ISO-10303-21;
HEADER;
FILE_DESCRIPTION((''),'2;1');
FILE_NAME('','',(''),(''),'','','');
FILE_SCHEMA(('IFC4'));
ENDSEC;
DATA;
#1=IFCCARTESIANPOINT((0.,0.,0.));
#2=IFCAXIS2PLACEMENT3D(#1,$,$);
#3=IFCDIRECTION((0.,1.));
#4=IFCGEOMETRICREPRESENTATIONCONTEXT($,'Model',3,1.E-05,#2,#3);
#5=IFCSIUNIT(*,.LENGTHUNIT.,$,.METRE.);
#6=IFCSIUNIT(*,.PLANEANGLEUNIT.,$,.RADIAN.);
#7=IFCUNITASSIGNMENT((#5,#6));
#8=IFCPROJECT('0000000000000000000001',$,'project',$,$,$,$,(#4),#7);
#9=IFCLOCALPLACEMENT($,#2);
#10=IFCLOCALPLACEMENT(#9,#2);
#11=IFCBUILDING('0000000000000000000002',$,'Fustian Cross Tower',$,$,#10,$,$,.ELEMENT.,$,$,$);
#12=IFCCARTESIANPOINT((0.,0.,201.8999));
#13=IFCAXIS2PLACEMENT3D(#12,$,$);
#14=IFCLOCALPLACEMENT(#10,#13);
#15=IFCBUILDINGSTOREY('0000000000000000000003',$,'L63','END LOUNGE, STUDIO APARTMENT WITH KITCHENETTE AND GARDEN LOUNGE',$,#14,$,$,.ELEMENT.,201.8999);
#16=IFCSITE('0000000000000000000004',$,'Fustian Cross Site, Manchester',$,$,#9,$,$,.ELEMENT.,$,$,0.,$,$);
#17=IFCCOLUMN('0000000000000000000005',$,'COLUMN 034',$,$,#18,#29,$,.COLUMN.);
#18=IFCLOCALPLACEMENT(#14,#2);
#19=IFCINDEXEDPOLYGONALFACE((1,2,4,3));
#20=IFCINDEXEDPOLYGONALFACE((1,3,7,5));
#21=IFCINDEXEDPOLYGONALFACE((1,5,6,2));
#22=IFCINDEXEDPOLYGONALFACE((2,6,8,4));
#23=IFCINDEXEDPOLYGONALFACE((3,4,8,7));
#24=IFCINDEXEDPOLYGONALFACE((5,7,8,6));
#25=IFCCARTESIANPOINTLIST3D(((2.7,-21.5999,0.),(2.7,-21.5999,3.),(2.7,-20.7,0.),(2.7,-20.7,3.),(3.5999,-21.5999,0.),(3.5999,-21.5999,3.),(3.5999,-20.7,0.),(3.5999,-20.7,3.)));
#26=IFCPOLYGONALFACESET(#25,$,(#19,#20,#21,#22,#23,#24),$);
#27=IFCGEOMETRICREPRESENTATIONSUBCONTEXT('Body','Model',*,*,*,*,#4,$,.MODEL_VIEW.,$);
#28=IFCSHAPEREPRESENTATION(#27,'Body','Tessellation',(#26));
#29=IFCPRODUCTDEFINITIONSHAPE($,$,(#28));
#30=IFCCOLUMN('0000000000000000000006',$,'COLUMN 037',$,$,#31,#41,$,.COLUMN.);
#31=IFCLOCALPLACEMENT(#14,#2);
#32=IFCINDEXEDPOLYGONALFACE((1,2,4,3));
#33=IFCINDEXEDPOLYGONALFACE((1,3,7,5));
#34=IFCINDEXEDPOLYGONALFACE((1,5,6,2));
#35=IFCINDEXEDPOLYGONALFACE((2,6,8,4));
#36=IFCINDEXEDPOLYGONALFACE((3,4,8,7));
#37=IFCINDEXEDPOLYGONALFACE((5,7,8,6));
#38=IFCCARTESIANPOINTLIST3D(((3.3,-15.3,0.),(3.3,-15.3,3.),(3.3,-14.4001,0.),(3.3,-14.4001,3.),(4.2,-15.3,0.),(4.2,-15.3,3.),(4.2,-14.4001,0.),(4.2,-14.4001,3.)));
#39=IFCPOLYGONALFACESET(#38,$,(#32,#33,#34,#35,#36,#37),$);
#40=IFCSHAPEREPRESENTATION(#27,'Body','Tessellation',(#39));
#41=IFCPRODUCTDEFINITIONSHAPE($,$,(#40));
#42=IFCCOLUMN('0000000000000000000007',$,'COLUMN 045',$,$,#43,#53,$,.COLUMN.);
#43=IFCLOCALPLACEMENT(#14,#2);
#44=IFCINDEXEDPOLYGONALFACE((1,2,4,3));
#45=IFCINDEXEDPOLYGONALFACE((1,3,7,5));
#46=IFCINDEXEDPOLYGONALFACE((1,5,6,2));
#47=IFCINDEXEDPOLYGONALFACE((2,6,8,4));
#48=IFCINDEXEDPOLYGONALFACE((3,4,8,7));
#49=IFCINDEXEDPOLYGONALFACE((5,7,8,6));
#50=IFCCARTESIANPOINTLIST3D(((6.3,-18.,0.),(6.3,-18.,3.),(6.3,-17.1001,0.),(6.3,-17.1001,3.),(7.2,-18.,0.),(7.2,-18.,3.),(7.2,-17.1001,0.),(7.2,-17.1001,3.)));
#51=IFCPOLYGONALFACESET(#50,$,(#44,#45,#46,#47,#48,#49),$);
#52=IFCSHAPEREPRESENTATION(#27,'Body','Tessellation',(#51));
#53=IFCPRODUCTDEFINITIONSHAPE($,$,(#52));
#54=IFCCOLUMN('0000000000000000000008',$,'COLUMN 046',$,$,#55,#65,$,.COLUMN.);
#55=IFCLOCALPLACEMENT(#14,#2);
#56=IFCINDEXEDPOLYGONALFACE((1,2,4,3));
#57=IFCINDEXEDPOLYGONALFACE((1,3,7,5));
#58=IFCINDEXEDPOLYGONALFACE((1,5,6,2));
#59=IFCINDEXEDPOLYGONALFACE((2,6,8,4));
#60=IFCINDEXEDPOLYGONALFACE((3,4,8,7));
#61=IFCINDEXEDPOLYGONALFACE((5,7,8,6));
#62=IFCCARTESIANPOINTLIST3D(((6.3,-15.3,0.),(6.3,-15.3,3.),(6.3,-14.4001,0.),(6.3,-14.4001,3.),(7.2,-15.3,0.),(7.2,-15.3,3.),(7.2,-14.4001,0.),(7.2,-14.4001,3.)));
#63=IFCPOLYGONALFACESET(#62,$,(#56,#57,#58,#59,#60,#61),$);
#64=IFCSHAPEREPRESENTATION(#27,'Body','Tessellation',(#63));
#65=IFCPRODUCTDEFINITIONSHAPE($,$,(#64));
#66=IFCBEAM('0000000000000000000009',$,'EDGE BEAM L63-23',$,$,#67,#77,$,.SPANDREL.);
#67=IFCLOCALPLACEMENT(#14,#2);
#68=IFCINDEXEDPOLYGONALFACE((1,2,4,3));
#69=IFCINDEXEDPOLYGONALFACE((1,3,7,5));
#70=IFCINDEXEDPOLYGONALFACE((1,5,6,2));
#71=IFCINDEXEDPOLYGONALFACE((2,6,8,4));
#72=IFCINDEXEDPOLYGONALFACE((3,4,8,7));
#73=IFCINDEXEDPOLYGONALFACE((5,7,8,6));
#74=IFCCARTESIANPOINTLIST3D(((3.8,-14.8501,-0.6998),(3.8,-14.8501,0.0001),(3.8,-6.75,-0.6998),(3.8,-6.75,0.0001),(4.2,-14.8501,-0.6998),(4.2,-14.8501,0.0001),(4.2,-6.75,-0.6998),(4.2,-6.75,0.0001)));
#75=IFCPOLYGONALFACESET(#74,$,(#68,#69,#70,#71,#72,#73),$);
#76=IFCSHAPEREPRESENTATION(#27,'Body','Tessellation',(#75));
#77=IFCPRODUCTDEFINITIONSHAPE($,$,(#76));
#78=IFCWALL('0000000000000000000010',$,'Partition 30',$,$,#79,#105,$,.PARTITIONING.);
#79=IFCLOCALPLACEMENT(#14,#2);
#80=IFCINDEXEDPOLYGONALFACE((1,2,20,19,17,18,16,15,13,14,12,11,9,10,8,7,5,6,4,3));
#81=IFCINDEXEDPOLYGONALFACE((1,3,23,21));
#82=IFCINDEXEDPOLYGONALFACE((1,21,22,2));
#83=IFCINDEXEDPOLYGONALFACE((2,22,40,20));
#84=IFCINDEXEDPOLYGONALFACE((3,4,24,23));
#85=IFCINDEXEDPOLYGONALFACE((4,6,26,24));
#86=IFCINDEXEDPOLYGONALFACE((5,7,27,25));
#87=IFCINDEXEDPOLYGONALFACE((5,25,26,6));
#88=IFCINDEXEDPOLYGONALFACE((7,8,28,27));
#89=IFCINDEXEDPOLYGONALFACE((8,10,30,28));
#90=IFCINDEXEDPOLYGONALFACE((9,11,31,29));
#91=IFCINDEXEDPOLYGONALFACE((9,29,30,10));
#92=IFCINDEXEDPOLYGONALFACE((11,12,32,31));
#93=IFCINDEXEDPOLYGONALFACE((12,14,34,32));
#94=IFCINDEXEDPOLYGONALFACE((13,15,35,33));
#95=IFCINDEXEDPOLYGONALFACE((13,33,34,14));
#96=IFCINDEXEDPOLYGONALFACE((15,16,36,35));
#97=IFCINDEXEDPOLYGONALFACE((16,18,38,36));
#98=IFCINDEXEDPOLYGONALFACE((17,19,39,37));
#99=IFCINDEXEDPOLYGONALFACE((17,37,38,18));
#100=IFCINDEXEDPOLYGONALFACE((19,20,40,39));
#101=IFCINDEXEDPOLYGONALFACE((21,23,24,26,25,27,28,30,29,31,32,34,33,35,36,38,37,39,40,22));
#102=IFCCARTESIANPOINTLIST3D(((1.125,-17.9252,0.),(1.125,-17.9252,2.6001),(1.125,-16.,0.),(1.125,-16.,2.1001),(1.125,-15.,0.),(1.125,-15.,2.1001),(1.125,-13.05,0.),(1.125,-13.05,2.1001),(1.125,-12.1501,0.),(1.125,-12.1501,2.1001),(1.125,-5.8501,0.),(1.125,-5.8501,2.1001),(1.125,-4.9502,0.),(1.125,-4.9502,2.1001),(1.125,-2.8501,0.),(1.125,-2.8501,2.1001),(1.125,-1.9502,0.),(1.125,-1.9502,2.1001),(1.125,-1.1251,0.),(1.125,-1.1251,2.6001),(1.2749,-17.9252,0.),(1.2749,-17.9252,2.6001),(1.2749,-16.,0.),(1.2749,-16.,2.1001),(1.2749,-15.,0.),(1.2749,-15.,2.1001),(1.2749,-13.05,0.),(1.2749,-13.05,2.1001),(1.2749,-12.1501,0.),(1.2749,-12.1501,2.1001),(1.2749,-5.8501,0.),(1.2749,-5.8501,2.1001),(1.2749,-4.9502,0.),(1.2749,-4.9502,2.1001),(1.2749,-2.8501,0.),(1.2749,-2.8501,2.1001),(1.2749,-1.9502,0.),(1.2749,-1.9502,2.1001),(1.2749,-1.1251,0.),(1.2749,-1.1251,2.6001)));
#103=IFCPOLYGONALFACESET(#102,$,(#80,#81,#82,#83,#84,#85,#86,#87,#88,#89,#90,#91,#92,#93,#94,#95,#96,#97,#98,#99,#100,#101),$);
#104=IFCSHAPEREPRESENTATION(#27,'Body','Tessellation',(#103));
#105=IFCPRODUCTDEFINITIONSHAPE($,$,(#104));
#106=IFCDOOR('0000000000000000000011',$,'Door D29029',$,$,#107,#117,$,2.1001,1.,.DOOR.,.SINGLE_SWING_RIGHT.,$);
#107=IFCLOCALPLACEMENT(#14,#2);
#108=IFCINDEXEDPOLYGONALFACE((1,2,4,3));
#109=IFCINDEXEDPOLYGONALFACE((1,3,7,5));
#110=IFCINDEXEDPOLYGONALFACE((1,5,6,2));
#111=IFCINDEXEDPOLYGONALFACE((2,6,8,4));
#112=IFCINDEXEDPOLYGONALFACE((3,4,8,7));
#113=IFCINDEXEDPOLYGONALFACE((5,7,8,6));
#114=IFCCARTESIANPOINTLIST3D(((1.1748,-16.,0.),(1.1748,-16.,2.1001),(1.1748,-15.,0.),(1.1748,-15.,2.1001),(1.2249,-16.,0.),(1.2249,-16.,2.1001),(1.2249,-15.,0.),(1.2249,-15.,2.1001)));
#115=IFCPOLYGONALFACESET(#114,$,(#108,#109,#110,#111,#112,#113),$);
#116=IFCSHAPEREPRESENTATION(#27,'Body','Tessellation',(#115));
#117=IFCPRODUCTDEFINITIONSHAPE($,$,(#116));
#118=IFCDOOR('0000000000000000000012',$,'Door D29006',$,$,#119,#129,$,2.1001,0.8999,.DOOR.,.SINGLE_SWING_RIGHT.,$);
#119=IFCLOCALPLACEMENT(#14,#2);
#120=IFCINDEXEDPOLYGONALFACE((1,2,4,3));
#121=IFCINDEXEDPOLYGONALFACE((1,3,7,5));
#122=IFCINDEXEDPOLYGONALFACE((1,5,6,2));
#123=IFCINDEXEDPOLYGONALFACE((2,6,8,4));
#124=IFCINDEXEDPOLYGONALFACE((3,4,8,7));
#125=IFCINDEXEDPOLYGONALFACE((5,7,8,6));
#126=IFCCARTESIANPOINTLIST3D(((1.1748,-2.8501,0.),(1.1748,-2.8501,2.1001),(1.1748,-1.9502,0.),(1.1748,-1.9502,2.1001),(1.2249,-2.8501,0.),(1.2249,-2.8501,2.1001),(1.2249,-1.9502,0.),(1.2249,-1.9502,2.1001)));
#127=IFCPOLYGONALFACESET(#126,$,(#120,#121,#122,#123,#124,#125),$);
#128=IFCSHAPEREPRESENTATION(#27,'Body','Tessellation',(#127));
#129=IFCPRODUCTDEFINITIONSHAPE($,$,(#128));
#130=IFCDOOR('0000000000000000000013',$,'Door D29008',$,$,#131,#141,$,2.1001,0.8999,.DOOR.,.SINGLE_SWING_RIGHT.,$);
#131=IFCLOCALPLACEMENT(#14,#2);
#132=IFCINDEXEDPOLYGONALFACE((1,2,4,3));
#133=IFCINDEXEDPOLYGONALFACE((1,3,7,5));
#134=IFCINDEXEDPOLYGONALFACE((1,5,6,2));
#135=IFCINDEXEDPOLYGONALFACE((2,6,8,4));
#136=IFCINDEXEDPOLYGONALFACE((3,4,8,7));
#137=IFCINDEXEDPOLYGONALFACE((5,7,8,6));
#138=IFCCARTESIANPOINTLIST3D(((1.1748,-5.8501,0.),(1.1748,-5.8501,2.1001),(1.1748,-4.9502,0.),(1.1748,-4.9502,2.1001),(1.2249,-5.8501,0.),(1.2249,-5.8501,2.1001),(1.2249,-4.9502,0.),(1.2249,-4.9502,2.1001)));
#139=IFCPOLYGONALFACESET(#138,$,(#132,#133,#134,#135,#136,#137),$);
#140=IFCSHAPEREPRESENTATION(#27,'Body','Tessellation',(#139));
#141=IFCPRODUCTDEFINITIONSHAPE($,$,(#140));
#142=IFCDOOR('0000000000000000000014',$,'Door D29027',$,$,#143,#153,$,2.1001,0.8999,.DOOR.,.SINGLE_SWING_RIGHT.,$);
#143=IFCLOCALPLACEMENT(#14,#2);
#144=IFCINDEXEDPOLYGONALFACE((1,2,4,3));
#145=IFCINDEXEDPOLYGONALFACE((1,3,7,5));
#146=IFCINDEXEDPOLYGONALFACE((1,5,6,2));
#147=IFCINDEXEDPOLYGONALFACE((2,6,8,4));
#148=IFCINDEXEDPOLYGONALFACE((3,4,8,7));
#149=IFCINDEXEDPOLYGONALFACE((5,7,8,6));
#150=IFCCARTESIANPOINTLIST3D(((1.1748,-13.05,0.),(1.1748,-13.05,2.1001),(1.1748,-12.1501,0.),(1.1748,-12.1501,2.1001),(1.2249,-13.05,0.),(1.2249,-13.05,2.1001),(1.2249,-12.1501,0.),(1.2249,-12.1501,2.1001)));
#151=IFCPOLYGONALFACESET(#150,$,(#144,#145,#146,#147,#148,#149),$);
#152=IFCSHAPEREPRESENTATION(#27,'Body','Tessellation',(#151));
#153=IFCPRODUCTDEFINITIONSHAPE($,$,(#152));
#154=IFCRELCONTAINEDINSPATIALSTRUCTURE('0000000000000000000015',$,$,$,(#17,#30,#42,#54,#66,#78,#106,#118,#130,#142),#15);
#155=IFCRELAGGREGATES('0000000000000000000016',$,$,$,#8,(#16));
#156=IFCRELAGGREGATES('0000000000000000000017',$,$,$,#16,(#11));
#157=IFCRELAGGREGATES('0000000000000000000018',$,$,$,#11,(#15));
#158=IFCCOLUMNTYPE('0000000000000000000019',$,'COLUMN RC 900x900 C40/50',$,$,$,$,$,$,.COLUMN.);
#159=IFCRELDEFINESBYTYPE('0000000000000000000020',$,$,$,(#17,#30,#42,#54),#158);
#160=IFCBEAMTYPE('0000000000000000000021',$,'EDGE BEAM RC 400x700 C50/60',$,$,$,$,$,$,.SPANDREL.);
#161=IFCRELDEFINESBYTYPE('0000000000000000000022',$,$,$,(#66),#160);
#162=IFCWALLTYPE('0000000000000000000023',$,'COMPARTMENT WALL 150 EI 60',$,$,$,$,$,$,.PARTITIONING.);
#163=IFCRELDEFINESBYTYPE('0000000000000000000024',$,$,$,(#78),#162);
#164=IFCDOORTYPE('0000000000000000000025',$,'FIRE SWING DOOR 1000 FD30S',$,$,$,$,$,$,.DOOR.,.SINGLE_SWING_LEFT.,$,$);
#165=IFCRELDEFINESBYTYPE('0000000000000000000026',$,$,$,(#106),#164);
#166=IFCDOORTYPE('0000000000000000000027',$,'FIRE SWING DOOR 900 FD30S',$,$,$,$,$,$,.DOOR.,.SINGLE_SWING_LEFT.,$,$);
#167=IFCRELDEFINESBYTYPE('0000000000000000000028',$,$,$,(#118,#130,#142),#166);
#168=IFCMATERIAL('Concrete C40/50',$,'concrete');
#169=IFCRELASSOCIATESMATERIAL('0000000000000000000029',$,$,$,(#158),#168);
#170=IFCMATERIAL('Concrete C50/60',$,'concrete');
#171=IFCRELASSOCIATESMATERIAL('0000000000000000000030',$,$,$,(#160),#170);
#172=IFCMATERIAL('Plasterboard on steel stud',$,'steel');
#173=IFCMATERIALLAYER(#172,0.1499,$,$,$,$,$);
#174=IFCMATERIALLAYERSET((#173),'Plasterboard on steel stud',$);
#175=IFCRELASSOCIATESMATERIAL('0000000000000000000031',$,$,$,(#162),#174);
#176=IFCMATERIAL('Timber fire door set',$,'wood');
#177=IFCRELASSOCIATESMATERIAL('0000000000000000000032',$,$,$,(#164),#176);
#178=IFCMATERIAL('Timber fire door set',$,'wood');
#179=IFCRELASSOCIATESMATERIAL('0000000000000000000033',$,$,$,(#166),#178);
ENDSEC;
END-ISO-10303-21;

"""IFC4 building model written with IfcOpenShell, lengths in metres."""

from ifc_helpers import new_model, si_unit, direction, frame, frame_2d, origin, origin_2d, place, context, subcontext, project, spatial, rectangle, extrude, material, layer, layer_set, material_profile, profile_set, type_object, element, fill, save


model = new_model("IFC4")

# Units and contexts
model_context = context("Model", 3, precision=1e-05, world=origin(), true_north=direction((0.0, 1.0)))
body_context = subcontext(model_context, "Body", "Model", "MODEL_VIEW")
ifc_project = project(units=[si_unit("LENGTHUNIT", "METRE"), si_unit("PLANEANGLEUNIT", "RADIAN")], contexts=[model_context])

# Site, building, storey
site_placement = place(None, origin())
site = spatial("IfcSite", under=ifc_project, at=site_placement, Name="Fustian Cross Site, Manchester", CompositionType="ELEMENT", RefElevation=0.0)
building_placement = place(site_placement, origin())
building = spatial("IfcBuilding", under=site, at=building_placement, Name="Fustian Cross Tower", CompositionType="ELEMENT")
storey_placement = place(building_placement, frame((0.0, 0.0, 201.8999)))
storey = spatial("IfcBuildingStorey", under=building, at=storey_placement, Name="L63", Description="END LOUNGE, STUDIO APARTMENT WITH KITCHENETTE AND GARDEN LOUNGE", CompositionType="ELEMENT", Elevation=201.8999)

# Columns
ifc_material_1 = material(Name="Concrete C40/50", Category="concrete")
ifc_material_profile_1 = material_profile(ifc_material_1, rectangle(XDim=0.8999, YDim=0.8999, at=origin_2d()), Name="RC 900x900")
ifc_profile_set_1 = profile_set([ifc_material_profile_1], Name="Concrete C40/50")
column_type = type_object("IfcColumnType", Name="COLUMN RC 900x900 C40/50", PredefinedType="COLUMN", material=ifc_profile_set_1)
for number, where, z_axis, x_axis, name in (
    (1, (3.1499, -21.1499, 0.0), (0.0, 0.0, 1.0), (1.0, 0.0, 0.0), "COLUMN 034"),
    (2, (3.75, -14.8501, 0.0), (0.0, 0.0, 1.0), (1.0, 0.0, 0.0), "COLUMN 037"),
    (3, (6.75, -17.55, 0.0), (0.0, 0.0, 1.0), (1.0, 0.0, 0.0), "COLUMN 045"),
    (4, (6.75, -14.8501, 0.0), (0.0, 0.0, 1.0), (1.0, 0.0, 0.0), "COLUMN 046"),
):
    element("IfcColumn", number, at=place(storey_placement, frame(where, z_axis=z_axis, x_axis=x_axis)), inside=storey, type_object=column_type, Name=name, PredefinedType="COLUMN", context=body_context, shape_type="SweptSolid", body=[
        extrude(rectangle(XDim=0.8999, YDim=0.8999, at=origin_2d()), origin(), (0.0, 0.0, 1.0), 3.0),
    ])

# Beam
ifc_material_2 = material(Name="Concrete C50/60", Category="concrete")
ifc_material_profile_2 = material_profile(ifc_material_2, rectangle(XDim=0.3999, YDim=0.7, at=origin_2d()), Name="RC 400x700")
ifc_profile_set_2 = profile_set([ifc_material_profile_2], Name="Concrete C50/60")
beam_type = type_object("IfcBeamType", Name="EDGE BEAM RC 400x700 C50/60", PredefinedType="SPANDREL", material=ifc_profile_set_2)
beam_placement = place(storey_placement, frame((4.0, -14.8501, -0.3499), z_axis=(0.0, 1.0, 0.0), x_axis=(-1.0, 0.0, 0.0)))
element("IfcBeam", 5, at=beam_placement, inside=storey, type_object=beam_type, Name="EDGE BEAM L63-23", PredefinedType="SPANDREL", context=body_context, shape_type="SweptSolid", body=[
    extrude(rectangle(XDim=0.3999, YDim=0.7, at=origin_2d()), origin(), (0.0, 0.0, 1.0), 8.1001),
])

# Wall, openings, doors
ifc_material_3 = material(Name="Plasterboard on steel stud", Category="steel")
ifc_layer_1 = layer(ifc_material_3, 0.1499)
ifc_layer_set_1 = layer_set([ifc_layer_1], Name="Plasterboard on steel stud")
wall_type_1 = type_object("IfcWallType", Name="COMPARTMENT WALL 150 EI 60", PredefinedType="PARTITIONING", material=ifc_layer_set_1)
wall_1_placement = place(storey_placement, frame((1.2, -17.925, 0.0), z_axis=(0.0, 0.0, 1.0), x_axis=(0.0, 1.0, 0.0)))
wall_1 = element("IfcWall", 6, at=wall_1_placement, inside=storey, type_object=wall_type_1, Name="Partition 30", PredefinedType="PARTITIONING", context=body_context, shape_type="SweptSolid", body=[
    extrude(rectangle(XDim=16.8, YDim=0.1499, at=frame_2d((8.3999, 0.0))), origin(), (0.0, 0.0, 1.0), 2.6001),
])
opening_1_placement = place(wall_1_placement, frame((15.075, 0.0, 0.0)))
opening_1 = element("IfcOpeningElement", 7, at=opening_1_placement, cuts=wall_1, PredefinedType="OPENING", context=body_context, shape_type="SweptSolid", body=[
    extrude(rectangle(XDim=0.8999, YDim=2.1001, at=frame_2d((0.45, 1.05))), frame((0.0, 0.085, 0.0), z_axis=(0.0, -1.0, 0.0), x_axis=(1.0, 0.0, 0.0)), (0.0, 0.0, 1.0), 0.1699),
])
opening_2_placement = place(wall_1_placement, frame((12.075, 0.0, 0.0)))
opening_2 = element("IfcOpeningElement", 8, at=opening_2_placement, cuts=wall_1, PredefinedType="OPENING", context=body_context, shape_type="SweptSolid", body=[
    extrude(rectangle(XDim=0.8999, YDim=2.1001, at=frame_2d((0.45, 1.05))), frame((0.0, 0.085, 0.0), z_axis=(0.0, -1.0, 0.0), x_axis=(1.0, 0.0, 0.0)), (0.0, 0.0, 1.0), 0.1699),
])
opening_3_placement = place(wall_1_placement, frame((4.875, 0.0, 0.0)))
opening_3 = element("IfcOpeningElement", 9, at=opening_3_placement, cuts=wall_1, PredefinedType="OPENING", context=body_context, shape_type="SweptSolid", body=[
    extrude(rectangle(XDim=0.8999, YDim=2.1001, at=frame_2d((0.45, 1.05))), frame((0.0, 0.085, 0.0), z_axis=(0.0, -1.0, 0.0), x_axis=(1.0, 0.0, 0.0)), (0.0, 0.0, 1.0), 0.1699),
])
opening_4_placement = place(wall_1_placement, frame((1.925, 0.0, 0.0)))
opening_4 = element("IfcOpeningElement", 10, at=opening_4_placement, cuts=wall_1, PredefinedType="OPENING", context=body_context, shape_type="SweptSolid", body=[
    extrude(rectangle(XDim=1.0, YDim=2.1001, at=frame_2d((0.5, 1.05))), frame((0.0, 0.085, 0.0), z_axis=(0.0, -1.0, 0.0), x_axis=(1.0, 0.0, 0.0)), (0.0, 0.0, 1.0), 0.1699),
])
ifc_material_4 = material(Name="Timber fire door set", Category="wood")
door_type_1 = type_object("IfcDoorType", Name="FIRE SWING DOOR 1000 FD30S", OperationType="SINGLE_SWING_LEFT", PredefinedType="DOOR", material=ifc_material_4)
door_1_placement = place(opening_4_placement, frame((1.0, 0.0, 0.0), z_axis=(0.0, 0.0, 1.0), x_axis=(-1.0, 0.0, 0.0)))
door_1 = element("IfcDoor", 11, at=door_1_placement, inside=storey, type_object=door_type_1, Name="Door D29029", OperationType="SINGLE_SWING_RIGHT", OverallHeight=2.1001, OverallWidth=1.0, PredefinedType="DOOR", context=body_context, shape_type="SweptSolid", body=[
    extrude(rectangle(XDim=1.0, YDim=2.1001, at=frame_2d((0.5, 1.05))), frame((0.0, 0.0249, 0.0), z_axis=(0.0, -1.0, 0.0), x_axis=(1.0, 0.0, 0.0)), (0.0, 0.0, 1.0), 0.05),
])
fill(opening_4, door_1)
ifc_material_5 = material(Name="Timber fire door set", Category="wood")
door_type_2 = type_object("IfcDoorType", Name="FIRE SWING DOOR 900 FD30S", OperationType="SINGLE_SWING_LEFT", PredefinedType="DOOR", material=ifc_material_5)
door_2_placement = place(opening_1_placement, frame((0.8999, 0.0, 0.0), z_axis=(0.0, 0.0, 1.0), x_axis=(-1.0, 0.0, 0.0)))
door_2 = element("IfcDoor", 12, at=door_2_placement, inside=storey, type_object=door_type_2, Name="Door D29006", OperationType="SINGLE_SWING_RIGHT", OverallHeight=2.1001, OverallWidth=0.8999, PredefinedType="DOOR", context=body_context, shape_type="SweptSolid", body=[
    extrude(rectangle(XDim=0.8999, YDim=2.1001, at=frame_2d((0.45, 1.05))), frame((0.0, 0.0249, 0.0), z_axis=(0.0, -1.0, 0.0), x_axis=(1.0, 0.0, 0.0)), (0.0, 0.0, 1.0), 0.05),
])
fill(opening_1, door_2)
door_3_placement = place(opening_2_placement, frame((0.8999, 0.0, 0.0), z_axis=(0.0, 0.0, 1.0), x_axis=(-1.0, 0.0, 0.0)))
door_3 = element("IfcDoor", 13, at=door_3_placement, inside=storey, type_object=door_type_2, Name="Door D29008", OperationType="SINGLE_SWING_RIGHT", OverallHeight=2.1001, OverallWidth=0.8999, PredefinedType="DOOR", context=body_context, shape_type="SweptSolid", body=[
    extrude(rectangle(XDim=0.8999, YDim=2.1001, at=frame_2d((0.45, 1.05))), frame((0.0, 0.0249, 0.0), z_axis=(0.0, -1.0, 0.0), x_axis=(1.0, 0.0, 0.0)), (0.0, 0.0, 1.0), 0.05),
])
fill(opening_2, door_3)
door_4_placement = place(opening_3_placement, frame((0.8999, 0.0, 0.0), z_axis=(0.0, 0.0, 1.0), x_axis=(-1.0, 0.0, 0.0)))
door_4 = element("IfcDoor", 14, at=door_4_placement, inside=storey, type_object=door_type_2, Name="Door D29027", OperationType="SINGLE_SWING_RIGHT", OverallHeight=2.1001, OverallWidth=0.8999, PredefinedType="DOOR", context=body_context, shape_type="SweptSolid", body=[
    extrude(rectangle(XDim=0.8999, YDim=2.1001, at=frame_2d((0.45, 1.05))), frame((0.0, 0.0249, 0.0), z_axis=(0.0, -1.0, 0.0), x_axis=(1.0, 0.0, 0.0)), (0.0, 0.0, 1.0), 0.05),
])
fill(opening_3, door_4)

save(model, "model.ifc")
